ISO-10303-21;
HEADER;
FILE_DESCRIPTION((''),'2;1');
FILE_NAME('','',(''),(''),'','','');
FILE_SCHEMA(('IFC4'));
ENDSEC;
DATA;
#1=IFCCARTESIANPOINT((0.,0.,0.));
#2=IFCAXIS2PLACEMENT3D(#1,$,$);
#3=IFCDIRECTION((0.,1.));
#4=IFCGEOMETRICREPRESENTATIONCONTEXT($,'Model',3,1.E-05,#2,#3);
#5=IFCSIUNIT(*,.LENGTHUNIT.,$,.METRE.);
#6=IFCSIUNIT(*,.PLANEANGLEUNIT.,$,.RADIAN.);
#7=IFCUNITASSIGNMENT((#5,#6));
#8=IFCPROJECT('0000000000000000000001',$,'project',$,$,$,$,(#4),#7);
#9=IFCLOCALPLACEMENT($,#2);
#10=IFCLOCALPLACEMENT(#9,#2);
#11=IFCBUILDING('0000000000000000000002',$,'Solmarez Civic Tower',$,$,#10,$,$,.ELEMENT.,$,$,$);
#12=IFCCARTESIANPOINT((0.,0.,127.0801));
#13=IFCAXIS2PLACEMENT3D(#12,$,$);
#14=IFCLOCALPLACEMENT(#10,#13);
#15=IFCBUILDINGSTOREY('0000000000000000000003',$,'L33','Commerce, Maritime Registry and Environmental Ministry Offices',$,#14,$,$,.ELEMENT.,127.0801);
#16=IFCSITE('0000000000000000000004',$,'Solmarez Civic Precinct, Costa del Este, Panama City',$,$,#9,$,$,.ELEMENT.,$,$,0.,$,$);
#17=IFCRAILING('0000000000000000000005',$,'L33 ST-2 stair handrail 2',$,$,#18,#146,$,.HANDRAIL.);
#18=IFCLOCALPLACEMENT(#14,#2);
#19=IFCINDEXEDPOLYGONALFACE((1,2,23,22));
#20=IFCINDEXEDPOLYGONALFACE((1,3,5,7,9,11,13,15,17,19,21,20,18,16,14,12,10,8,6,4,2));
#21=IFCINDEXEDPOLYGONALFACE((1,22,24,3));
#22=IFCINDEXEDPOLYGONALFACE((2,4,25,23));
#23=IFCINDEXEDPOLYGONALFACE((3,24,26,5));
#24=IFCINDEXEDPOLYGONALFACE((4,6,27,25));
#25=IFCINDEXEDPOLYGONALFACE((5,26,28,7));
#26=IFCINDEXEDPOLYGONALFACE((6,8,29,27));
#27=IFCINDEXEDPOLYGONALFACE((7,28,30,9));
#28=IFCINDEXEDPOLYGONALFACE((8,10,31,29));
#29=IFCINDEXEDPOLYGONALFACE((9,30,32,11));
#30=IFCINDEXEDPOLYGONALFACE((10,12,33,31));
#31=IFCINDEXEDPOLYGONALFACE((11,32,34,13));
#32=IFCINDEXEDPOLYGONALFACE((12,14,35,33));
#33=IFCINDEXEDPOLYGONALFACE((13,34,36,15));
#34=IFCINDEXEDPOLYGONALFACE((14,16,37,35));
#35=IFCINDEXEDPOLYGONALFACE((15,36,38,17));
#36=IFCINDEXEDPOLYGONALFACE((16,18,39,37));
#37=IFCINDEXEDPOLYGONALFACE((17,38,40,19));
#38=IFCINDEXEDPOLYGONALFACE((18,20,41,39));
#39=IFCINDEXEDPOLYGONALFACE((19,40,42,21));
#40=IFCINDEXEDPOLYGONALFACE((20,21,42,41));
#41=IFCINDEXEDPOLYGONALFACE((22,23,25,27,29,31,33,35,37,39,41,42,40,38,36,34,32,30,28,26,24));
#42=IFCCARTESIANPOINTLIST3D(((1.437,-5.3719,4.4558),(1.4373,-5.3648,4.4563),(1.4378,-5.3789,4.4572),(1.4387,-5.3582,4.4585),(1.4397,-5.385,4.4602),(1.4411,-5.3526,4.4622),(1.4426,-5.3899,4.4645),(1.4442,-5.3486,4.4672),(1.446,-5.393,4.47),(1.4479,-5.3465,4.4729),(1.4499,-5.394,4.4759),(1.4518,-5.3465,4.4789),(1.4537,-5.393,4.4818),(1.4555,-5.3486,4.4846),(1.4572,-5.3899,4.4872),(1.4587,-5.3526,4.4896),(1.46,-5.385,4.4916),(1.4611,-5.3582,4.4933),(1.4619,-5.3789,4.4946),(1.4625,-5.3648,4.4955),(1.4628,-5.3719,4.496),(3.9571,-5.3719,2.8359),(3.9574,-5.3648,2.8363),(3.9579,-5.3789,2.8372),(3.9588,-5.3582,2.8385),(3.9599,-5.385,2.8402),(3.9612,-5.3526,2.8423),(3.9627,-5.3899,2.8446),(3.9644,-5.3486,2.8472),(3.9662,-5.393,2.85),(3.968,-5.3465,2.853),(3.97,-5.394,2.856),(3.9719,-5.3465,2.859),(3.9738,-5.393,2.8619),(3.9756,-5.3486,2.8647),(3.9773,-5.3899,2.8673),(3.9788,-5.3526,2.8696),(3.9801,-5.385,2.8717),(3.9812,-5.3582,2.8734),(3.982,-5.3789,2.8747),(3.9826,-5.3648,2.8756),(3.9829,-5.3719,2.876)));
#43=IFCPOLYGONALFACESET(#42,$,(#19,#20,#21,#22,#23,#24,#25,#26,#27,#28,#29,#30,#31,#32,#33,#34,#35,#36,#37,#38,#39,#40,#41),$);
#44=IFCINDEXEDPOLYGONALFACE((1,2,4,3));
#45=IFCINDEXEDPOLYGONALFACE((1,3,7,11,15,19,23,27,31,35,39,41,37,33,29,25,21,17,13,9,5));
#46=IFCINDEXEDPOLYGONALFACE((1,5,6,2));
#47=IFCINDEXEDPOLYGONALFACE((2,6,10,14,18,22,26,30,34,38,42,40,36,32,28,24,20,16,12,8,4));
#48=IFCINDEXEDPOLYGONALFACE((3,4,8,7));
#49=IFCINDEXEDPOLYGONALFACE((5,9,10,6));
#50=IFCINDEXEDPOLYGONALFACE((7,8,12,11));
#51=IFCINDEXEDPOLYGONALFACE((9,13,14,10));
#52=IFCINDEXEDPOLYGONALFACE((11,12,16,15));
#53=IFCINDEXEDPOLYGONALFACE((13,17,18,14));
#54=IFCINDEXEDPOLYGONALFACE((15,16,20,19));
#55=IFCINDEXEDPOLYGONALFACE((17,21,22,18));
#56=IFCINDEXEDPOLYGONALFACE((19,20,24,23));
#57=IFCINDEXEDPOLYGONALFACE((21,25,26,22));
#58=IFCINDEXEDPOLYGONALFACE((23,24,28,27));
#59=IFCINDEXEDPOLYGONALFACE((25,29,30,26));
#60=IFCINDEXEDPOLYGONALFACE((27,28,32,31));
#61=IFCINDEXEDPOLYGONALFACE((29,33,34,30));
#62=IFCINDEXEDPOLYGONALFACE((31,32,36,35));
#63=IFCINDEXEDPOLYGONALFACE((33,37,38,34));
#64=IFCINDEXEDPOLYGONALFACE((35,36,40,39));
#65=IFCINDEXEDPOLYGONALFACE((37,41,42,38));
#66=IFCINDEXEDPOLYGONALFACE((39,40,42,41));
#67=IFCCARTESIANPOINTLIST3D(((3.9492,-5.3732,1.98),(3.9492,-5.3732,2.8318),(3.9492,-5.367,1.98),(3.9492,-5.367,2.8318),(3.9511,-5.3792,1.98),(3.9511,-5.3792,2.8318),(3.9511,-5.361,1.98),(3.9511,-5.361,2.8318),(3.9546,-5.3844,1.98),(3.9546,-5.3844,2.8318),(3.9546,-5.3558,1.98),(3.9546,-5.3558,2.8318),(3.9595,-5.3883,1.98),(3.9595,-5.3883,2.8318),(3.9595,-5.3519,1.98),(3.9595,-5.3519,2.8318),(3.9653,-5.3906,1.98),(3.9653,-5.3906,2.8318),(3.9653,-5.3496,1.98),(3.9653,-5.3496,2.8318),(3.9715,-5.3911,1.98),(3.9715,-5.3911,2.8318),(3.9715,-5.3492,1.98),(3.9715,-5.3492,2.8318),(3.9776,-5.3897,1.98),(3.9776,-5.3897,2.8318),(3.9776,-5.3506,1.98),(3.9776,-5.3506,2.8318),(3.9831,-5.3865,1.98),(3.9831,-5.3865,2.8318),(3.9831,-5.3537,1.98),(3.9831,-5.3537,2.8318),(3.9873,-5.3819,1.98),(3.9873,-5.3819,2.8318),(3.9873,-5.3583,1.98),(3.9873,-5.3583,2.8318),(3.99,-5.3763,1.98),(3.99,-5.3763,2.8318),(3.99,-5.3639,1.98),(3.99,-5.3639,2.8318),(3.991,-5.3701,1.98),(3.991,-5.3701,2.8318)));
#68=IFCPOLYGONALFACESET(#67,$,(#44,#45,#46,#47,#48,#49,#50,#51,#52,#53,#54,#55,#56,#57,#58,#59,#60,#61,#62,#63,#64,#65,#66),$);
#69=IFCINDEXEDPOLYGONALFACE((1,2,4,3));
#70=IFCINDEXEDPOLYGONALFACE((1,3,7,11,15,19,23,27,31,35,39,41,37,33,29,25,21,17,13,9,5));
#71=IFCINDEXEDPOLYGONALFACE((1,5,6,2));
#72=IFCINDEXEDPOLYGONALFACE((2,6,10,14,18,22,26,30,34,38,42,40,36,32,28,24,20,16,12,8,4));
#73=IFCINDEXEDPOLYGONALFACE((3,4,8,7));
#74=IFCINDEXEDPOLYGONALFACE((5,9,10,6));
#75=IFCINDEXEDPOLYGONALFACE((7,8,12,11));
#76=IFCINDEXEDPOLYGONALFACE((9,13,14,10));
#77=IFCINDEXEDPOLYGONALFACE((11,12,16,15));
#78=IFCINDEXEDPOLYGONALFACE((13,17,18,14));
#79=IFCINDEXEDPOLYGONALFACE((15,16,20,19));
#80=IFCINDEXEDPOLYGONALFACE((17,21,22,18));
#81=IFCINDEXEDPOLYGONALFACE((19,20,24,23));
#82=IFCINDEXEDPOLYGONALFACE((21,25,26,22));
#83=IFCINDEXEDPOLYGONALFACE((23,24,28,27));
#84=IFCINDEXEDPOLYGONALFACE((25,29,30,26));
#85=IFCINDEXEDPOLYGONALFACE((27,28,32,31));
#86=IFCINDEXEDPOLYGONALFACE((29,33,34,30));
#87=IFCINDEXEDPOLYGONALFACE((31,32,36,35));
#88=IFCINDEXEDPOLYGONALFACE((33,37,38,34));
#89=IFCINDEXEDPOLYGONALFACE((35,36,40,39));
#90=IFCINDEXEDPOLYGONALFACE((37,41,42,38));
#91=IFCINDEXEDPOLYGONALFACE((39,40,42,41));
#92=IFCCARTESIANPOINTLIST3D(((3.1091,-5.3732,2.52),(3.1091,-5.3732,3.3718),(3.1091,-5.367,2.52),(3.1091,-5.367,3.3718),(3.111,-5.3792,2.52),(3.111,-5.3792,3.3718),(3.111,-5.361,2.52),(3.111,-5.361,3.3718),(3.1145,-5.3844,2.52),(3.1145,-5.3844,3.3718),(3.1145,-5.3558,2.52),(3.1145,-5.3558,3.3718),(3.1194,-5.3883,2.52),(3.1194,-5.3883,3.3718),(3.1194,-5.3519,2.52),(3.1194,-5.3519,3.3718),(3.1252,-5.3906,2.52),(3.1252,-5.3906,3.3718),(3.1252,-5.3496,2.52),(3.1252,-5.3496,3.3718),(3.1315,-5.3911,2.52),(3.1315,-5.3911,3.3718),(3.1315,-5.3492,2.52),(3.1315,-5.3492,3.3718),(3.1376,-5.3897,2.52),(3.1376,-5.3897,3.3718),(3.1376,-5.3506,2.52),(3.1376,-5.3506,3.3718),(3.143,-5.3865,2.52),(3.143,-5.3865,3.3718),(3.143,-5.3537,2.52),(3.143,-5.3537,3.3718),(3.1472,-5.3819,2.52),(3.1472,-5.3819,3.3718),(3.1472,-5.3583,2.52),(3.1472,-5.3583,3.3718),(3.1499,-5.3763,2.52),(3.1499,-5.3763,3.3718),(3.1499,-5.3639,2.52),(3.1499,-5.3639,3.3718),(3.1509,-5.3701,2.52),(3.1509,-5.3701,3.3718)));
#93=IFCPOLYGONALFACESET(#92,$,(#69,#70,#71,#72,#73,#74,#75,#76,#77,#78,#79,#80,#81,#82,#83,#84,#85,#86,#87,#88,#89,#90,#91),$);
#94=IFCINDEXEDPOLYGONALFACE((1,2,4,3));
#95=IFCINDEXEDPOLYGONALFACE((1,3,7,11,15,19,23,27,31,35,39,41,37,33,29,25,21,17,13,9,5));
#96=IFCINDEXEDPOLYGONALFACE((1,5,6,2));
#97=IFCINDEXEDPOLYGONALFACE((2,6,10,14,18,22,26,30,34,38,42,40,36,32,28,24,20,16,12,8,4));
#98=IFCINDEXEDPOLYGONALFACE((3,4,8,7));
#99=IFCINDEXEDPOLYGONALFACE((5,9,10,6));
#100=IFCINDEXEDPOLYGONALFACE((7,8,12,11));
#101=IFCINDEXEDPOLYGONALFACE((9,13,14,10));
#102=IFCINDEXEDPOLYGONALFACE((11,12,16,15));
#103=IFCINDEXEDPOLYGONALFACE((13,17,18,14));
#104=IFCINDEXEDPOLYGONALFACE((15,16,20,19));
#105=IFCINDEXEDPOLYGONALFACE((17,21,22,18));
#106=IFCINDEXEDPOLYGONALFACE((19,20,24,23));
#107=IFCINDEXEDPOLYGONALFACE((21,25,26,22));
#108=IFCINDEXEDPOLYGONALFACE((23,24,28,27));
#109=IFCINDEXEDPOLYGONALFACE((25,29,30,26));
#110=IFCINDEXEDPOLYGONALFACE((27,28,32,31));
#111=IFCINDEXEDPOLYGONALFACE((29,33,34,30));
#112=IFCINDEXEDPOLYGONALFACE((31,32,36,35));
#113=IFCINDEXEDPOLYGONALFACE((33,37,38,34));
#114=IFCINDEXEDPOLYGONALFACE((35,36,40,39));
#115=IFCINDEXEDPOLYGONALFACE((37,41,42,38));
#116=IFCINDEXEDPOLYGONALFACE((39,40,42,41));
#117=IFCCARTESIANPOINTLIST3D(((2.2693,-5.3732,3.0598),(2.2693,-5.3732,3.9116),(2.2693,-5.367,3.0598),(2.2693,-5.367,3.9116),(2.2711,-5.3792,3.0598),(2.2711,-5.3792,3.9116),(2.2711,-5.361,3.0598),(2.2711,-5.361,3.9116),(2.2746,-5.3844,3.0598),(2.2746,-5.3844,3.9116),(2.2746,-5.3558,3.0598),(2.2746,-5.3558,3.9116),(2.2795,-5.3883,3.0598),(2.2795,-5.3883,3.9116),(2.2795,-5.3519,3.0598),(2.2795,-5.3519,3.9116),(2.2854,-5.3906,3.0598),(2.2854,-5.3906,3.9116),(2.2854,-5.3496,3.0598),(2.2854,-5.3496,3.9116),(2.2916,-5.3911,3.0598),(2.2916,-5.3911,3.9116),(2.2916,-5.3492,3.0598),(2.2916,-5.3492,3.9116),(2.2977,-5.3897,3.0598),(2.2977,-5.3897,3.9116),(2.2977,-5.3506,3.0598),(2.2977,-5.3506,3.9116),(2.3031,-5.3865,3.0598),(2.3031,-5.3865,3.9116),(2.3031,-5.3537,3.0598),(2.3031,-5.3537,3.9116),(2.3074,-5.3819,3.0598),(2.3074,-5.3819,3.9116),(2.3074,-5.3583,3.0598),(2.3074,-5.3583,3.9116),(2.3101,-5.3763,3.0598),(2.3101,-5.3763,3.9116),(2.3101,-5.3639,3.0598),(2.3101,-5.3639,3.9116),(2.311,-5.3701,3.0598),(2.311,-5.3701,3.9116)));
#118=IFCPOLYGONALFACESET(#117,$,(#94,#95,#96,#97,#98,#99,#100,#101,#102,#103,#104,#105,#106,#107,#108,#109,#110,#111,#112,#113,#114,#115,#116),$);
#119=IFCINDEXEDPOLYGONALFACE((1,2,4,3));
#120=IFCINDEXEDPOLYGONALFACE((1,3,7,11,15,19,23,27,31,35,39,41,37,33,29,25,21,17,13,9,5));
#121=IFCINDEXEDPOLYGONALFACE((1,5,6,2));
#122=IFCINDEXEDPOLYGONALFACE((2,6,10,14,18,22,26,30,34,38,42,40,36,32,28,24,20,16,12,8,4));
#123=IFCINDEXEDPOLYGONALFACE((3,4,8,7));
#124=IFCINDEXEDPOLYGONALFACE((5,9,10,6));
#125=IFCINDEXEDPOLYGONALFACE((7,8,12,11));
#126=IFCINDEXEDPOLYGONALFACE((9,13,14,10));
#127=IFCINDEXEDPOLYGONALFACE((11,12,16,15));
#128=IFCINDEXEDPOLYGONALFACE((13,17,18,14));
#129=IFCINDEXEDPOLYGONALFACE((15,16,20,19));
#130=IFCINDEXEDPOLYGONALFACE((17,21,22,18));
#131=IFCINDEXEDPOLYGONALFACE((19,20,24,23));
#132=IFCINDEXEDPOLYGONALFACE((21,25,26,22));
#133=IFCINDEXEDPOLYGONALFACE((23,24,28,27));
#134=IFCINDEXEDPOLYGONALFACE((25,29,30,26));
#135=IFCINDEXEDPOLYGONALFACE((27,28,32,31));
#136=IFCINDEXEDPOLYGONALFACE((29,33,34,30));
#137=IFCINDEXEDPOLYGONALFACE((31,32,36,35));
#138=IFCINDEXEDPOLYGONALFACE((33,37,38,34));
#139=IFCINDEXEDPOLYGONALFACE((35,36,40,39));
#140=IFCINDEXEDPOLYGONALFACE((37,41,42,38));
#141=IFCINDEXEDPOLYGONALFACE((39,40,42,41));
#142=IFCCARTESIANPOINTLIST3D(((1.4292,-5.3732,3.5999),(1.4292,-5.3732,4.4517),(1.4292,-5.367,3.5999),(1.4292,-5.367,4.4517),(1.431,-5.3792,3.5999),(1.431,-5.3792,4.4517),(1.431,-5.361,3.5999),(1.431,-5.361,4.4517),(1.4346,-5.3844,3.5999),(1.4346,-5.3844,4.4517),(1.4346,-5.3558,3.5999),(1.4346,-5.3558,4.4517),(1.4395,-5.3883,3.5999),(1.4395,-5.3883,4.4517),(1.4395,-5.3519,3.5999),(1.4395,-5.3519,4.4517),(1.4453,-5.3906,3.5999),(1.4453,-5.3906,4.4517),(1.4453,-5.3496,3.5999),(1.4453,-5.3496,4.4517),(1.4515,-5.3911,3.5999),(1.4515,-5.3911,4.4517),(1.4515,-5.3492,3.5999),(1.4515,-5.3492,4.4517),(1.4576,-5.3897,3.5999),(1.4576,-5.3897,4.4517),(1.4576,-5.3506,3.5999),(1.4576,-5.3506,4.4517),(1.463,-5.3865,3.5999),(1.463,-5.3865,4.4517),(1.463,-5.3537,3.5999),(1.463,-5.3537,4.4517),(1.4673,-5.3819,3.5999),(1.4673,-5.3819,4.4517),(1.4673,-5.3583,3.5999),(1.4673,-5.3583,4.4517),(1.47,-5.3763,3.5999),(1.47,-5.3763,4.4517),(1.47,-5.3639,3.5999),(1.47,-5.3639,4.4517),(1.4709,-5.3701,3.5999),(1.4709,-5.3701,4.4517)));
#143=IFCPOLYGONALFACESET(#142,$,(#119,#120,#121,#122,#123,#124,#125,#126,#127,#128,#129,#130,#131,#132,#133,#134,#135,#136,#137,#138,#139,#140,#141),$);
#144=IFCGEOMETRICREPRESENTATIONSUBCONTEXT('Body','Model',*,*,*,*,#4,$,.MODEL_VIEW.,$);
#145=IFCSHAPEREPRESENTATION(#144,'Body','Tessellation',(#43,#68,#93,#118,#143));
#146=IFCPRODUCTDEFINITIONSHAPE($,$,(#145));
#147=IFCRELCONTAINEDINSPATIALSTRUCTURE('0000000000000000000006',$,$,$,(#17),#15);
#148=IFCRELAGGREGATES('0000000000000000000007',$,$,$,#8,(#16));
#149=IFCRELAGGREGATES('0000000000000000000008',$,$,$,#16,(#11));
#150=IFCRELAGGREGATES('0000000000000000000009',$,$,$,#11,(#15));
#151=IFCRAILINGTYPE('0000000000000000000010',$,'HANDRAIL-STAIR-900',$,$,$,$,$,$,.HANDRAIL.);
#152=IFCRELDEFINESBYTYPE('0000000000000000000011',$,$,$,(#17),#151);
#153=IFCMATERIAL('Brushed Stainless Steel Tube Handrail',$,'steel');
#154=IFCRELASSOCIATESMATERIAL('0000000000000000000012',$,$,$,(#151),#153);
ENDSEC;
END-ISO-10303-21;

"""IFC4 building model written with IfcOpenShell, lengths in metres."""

from ifc_helpers import new_model, si_unit, direction, frame, origin, origin_2d, place, context, subcontext, project, spatial, circle, extrude, material, type_object, element, save


model = new_model("IFC4")

# Units and contexts
model_context = context("Model", 3, precision=1e-05, world=origin(), true_north=direction((0.0, 1.0)))
body_context = subcontext(model_context, "Body", "Model", "MODEL_VIEW")
ifc_project = project(units=[si_unit("LENGTHUNIT", "METRE"), si_unit("PLANEANGLEUNIT", "RADIAN")], contexts=[model_context])

# Site, building, storey
site_placement = place(None, origin())
site = spatial("IfcSite", under=ifc_project, at=site_placement, Name="Solmarez Civic Precinct, Costa del Este, Panama City", CompositionType="ELEMENT", RefElevation=0.0)
building_placement = place(site_placement, origin())
building = spatial("IfcBuilding", under=site, at=building_placement, Name="Solmarez Civic Tower", CompositionType="ELEMENT")
storey_placement = place(building_placement, frame((0.0, 0.0, 127.0801)))
storey = spatial("IfcBuildingStorey", under=building, at=storey_placement, Name="L33", Description="Commerce, Maritime Registry and Environmental Ministry Offices", CompositionType="ELEMENT", Elevation=127.0801)

# Railing
ifc_material_1 = material(Name="Brushed Stainless Steel Tube Handrail", Category="steel")
railing_type_1 = type_object("IfcRailingType", Name="HANDRAIL-STAIR-900", PredefinedType="HANDRAIL", material=ifc_material_1)
railing_1_placement = place(storey_placement, frame((3.97, -5.3701, 1.98)))
element("IfcRailing", 1, at=railing_1_placement, inside=storey, type_object=railing_type_1, Name="L33 ST-2 stair handrail 2", PredefinedType="HANDRAIL", context=body_context, shape_type="SweptSolid", body=[
    extrude(circle(Radius=0.0239, at=origin_2d()), frame((0.0, 0.0, 0.876), z_axis=(-0.8412, 0.0, 0.540725), x_axis=(0.0, -1.0, 0.0)), (0.0, 0.0, 1.0), 2.9958),
    extrude(circle(Radius=0.021, at=origin_2d()), origin(), (0.0, 0.0, 1.0), 0.8518),
    extrude(circle(Radius=0.021, at=origin_2d()), frame((-0.8401, 0.0, 0.54)), (0.0, 0.0, 1.0), 0.8518),
    extrude(circle(Radius=0.021, at=origin_2d()), frame((-1.6799, 0.0, 1.0798)), (0.0, 0.0, 1.0), 0.8518),
    extrude(circle(Radius=0.021, at=origin_2d()), frame((-2.52, 0.0, 1.6199)), (0.0, 0.0, 1.0), 0.8518),
])

save(model, "model.ifc")
